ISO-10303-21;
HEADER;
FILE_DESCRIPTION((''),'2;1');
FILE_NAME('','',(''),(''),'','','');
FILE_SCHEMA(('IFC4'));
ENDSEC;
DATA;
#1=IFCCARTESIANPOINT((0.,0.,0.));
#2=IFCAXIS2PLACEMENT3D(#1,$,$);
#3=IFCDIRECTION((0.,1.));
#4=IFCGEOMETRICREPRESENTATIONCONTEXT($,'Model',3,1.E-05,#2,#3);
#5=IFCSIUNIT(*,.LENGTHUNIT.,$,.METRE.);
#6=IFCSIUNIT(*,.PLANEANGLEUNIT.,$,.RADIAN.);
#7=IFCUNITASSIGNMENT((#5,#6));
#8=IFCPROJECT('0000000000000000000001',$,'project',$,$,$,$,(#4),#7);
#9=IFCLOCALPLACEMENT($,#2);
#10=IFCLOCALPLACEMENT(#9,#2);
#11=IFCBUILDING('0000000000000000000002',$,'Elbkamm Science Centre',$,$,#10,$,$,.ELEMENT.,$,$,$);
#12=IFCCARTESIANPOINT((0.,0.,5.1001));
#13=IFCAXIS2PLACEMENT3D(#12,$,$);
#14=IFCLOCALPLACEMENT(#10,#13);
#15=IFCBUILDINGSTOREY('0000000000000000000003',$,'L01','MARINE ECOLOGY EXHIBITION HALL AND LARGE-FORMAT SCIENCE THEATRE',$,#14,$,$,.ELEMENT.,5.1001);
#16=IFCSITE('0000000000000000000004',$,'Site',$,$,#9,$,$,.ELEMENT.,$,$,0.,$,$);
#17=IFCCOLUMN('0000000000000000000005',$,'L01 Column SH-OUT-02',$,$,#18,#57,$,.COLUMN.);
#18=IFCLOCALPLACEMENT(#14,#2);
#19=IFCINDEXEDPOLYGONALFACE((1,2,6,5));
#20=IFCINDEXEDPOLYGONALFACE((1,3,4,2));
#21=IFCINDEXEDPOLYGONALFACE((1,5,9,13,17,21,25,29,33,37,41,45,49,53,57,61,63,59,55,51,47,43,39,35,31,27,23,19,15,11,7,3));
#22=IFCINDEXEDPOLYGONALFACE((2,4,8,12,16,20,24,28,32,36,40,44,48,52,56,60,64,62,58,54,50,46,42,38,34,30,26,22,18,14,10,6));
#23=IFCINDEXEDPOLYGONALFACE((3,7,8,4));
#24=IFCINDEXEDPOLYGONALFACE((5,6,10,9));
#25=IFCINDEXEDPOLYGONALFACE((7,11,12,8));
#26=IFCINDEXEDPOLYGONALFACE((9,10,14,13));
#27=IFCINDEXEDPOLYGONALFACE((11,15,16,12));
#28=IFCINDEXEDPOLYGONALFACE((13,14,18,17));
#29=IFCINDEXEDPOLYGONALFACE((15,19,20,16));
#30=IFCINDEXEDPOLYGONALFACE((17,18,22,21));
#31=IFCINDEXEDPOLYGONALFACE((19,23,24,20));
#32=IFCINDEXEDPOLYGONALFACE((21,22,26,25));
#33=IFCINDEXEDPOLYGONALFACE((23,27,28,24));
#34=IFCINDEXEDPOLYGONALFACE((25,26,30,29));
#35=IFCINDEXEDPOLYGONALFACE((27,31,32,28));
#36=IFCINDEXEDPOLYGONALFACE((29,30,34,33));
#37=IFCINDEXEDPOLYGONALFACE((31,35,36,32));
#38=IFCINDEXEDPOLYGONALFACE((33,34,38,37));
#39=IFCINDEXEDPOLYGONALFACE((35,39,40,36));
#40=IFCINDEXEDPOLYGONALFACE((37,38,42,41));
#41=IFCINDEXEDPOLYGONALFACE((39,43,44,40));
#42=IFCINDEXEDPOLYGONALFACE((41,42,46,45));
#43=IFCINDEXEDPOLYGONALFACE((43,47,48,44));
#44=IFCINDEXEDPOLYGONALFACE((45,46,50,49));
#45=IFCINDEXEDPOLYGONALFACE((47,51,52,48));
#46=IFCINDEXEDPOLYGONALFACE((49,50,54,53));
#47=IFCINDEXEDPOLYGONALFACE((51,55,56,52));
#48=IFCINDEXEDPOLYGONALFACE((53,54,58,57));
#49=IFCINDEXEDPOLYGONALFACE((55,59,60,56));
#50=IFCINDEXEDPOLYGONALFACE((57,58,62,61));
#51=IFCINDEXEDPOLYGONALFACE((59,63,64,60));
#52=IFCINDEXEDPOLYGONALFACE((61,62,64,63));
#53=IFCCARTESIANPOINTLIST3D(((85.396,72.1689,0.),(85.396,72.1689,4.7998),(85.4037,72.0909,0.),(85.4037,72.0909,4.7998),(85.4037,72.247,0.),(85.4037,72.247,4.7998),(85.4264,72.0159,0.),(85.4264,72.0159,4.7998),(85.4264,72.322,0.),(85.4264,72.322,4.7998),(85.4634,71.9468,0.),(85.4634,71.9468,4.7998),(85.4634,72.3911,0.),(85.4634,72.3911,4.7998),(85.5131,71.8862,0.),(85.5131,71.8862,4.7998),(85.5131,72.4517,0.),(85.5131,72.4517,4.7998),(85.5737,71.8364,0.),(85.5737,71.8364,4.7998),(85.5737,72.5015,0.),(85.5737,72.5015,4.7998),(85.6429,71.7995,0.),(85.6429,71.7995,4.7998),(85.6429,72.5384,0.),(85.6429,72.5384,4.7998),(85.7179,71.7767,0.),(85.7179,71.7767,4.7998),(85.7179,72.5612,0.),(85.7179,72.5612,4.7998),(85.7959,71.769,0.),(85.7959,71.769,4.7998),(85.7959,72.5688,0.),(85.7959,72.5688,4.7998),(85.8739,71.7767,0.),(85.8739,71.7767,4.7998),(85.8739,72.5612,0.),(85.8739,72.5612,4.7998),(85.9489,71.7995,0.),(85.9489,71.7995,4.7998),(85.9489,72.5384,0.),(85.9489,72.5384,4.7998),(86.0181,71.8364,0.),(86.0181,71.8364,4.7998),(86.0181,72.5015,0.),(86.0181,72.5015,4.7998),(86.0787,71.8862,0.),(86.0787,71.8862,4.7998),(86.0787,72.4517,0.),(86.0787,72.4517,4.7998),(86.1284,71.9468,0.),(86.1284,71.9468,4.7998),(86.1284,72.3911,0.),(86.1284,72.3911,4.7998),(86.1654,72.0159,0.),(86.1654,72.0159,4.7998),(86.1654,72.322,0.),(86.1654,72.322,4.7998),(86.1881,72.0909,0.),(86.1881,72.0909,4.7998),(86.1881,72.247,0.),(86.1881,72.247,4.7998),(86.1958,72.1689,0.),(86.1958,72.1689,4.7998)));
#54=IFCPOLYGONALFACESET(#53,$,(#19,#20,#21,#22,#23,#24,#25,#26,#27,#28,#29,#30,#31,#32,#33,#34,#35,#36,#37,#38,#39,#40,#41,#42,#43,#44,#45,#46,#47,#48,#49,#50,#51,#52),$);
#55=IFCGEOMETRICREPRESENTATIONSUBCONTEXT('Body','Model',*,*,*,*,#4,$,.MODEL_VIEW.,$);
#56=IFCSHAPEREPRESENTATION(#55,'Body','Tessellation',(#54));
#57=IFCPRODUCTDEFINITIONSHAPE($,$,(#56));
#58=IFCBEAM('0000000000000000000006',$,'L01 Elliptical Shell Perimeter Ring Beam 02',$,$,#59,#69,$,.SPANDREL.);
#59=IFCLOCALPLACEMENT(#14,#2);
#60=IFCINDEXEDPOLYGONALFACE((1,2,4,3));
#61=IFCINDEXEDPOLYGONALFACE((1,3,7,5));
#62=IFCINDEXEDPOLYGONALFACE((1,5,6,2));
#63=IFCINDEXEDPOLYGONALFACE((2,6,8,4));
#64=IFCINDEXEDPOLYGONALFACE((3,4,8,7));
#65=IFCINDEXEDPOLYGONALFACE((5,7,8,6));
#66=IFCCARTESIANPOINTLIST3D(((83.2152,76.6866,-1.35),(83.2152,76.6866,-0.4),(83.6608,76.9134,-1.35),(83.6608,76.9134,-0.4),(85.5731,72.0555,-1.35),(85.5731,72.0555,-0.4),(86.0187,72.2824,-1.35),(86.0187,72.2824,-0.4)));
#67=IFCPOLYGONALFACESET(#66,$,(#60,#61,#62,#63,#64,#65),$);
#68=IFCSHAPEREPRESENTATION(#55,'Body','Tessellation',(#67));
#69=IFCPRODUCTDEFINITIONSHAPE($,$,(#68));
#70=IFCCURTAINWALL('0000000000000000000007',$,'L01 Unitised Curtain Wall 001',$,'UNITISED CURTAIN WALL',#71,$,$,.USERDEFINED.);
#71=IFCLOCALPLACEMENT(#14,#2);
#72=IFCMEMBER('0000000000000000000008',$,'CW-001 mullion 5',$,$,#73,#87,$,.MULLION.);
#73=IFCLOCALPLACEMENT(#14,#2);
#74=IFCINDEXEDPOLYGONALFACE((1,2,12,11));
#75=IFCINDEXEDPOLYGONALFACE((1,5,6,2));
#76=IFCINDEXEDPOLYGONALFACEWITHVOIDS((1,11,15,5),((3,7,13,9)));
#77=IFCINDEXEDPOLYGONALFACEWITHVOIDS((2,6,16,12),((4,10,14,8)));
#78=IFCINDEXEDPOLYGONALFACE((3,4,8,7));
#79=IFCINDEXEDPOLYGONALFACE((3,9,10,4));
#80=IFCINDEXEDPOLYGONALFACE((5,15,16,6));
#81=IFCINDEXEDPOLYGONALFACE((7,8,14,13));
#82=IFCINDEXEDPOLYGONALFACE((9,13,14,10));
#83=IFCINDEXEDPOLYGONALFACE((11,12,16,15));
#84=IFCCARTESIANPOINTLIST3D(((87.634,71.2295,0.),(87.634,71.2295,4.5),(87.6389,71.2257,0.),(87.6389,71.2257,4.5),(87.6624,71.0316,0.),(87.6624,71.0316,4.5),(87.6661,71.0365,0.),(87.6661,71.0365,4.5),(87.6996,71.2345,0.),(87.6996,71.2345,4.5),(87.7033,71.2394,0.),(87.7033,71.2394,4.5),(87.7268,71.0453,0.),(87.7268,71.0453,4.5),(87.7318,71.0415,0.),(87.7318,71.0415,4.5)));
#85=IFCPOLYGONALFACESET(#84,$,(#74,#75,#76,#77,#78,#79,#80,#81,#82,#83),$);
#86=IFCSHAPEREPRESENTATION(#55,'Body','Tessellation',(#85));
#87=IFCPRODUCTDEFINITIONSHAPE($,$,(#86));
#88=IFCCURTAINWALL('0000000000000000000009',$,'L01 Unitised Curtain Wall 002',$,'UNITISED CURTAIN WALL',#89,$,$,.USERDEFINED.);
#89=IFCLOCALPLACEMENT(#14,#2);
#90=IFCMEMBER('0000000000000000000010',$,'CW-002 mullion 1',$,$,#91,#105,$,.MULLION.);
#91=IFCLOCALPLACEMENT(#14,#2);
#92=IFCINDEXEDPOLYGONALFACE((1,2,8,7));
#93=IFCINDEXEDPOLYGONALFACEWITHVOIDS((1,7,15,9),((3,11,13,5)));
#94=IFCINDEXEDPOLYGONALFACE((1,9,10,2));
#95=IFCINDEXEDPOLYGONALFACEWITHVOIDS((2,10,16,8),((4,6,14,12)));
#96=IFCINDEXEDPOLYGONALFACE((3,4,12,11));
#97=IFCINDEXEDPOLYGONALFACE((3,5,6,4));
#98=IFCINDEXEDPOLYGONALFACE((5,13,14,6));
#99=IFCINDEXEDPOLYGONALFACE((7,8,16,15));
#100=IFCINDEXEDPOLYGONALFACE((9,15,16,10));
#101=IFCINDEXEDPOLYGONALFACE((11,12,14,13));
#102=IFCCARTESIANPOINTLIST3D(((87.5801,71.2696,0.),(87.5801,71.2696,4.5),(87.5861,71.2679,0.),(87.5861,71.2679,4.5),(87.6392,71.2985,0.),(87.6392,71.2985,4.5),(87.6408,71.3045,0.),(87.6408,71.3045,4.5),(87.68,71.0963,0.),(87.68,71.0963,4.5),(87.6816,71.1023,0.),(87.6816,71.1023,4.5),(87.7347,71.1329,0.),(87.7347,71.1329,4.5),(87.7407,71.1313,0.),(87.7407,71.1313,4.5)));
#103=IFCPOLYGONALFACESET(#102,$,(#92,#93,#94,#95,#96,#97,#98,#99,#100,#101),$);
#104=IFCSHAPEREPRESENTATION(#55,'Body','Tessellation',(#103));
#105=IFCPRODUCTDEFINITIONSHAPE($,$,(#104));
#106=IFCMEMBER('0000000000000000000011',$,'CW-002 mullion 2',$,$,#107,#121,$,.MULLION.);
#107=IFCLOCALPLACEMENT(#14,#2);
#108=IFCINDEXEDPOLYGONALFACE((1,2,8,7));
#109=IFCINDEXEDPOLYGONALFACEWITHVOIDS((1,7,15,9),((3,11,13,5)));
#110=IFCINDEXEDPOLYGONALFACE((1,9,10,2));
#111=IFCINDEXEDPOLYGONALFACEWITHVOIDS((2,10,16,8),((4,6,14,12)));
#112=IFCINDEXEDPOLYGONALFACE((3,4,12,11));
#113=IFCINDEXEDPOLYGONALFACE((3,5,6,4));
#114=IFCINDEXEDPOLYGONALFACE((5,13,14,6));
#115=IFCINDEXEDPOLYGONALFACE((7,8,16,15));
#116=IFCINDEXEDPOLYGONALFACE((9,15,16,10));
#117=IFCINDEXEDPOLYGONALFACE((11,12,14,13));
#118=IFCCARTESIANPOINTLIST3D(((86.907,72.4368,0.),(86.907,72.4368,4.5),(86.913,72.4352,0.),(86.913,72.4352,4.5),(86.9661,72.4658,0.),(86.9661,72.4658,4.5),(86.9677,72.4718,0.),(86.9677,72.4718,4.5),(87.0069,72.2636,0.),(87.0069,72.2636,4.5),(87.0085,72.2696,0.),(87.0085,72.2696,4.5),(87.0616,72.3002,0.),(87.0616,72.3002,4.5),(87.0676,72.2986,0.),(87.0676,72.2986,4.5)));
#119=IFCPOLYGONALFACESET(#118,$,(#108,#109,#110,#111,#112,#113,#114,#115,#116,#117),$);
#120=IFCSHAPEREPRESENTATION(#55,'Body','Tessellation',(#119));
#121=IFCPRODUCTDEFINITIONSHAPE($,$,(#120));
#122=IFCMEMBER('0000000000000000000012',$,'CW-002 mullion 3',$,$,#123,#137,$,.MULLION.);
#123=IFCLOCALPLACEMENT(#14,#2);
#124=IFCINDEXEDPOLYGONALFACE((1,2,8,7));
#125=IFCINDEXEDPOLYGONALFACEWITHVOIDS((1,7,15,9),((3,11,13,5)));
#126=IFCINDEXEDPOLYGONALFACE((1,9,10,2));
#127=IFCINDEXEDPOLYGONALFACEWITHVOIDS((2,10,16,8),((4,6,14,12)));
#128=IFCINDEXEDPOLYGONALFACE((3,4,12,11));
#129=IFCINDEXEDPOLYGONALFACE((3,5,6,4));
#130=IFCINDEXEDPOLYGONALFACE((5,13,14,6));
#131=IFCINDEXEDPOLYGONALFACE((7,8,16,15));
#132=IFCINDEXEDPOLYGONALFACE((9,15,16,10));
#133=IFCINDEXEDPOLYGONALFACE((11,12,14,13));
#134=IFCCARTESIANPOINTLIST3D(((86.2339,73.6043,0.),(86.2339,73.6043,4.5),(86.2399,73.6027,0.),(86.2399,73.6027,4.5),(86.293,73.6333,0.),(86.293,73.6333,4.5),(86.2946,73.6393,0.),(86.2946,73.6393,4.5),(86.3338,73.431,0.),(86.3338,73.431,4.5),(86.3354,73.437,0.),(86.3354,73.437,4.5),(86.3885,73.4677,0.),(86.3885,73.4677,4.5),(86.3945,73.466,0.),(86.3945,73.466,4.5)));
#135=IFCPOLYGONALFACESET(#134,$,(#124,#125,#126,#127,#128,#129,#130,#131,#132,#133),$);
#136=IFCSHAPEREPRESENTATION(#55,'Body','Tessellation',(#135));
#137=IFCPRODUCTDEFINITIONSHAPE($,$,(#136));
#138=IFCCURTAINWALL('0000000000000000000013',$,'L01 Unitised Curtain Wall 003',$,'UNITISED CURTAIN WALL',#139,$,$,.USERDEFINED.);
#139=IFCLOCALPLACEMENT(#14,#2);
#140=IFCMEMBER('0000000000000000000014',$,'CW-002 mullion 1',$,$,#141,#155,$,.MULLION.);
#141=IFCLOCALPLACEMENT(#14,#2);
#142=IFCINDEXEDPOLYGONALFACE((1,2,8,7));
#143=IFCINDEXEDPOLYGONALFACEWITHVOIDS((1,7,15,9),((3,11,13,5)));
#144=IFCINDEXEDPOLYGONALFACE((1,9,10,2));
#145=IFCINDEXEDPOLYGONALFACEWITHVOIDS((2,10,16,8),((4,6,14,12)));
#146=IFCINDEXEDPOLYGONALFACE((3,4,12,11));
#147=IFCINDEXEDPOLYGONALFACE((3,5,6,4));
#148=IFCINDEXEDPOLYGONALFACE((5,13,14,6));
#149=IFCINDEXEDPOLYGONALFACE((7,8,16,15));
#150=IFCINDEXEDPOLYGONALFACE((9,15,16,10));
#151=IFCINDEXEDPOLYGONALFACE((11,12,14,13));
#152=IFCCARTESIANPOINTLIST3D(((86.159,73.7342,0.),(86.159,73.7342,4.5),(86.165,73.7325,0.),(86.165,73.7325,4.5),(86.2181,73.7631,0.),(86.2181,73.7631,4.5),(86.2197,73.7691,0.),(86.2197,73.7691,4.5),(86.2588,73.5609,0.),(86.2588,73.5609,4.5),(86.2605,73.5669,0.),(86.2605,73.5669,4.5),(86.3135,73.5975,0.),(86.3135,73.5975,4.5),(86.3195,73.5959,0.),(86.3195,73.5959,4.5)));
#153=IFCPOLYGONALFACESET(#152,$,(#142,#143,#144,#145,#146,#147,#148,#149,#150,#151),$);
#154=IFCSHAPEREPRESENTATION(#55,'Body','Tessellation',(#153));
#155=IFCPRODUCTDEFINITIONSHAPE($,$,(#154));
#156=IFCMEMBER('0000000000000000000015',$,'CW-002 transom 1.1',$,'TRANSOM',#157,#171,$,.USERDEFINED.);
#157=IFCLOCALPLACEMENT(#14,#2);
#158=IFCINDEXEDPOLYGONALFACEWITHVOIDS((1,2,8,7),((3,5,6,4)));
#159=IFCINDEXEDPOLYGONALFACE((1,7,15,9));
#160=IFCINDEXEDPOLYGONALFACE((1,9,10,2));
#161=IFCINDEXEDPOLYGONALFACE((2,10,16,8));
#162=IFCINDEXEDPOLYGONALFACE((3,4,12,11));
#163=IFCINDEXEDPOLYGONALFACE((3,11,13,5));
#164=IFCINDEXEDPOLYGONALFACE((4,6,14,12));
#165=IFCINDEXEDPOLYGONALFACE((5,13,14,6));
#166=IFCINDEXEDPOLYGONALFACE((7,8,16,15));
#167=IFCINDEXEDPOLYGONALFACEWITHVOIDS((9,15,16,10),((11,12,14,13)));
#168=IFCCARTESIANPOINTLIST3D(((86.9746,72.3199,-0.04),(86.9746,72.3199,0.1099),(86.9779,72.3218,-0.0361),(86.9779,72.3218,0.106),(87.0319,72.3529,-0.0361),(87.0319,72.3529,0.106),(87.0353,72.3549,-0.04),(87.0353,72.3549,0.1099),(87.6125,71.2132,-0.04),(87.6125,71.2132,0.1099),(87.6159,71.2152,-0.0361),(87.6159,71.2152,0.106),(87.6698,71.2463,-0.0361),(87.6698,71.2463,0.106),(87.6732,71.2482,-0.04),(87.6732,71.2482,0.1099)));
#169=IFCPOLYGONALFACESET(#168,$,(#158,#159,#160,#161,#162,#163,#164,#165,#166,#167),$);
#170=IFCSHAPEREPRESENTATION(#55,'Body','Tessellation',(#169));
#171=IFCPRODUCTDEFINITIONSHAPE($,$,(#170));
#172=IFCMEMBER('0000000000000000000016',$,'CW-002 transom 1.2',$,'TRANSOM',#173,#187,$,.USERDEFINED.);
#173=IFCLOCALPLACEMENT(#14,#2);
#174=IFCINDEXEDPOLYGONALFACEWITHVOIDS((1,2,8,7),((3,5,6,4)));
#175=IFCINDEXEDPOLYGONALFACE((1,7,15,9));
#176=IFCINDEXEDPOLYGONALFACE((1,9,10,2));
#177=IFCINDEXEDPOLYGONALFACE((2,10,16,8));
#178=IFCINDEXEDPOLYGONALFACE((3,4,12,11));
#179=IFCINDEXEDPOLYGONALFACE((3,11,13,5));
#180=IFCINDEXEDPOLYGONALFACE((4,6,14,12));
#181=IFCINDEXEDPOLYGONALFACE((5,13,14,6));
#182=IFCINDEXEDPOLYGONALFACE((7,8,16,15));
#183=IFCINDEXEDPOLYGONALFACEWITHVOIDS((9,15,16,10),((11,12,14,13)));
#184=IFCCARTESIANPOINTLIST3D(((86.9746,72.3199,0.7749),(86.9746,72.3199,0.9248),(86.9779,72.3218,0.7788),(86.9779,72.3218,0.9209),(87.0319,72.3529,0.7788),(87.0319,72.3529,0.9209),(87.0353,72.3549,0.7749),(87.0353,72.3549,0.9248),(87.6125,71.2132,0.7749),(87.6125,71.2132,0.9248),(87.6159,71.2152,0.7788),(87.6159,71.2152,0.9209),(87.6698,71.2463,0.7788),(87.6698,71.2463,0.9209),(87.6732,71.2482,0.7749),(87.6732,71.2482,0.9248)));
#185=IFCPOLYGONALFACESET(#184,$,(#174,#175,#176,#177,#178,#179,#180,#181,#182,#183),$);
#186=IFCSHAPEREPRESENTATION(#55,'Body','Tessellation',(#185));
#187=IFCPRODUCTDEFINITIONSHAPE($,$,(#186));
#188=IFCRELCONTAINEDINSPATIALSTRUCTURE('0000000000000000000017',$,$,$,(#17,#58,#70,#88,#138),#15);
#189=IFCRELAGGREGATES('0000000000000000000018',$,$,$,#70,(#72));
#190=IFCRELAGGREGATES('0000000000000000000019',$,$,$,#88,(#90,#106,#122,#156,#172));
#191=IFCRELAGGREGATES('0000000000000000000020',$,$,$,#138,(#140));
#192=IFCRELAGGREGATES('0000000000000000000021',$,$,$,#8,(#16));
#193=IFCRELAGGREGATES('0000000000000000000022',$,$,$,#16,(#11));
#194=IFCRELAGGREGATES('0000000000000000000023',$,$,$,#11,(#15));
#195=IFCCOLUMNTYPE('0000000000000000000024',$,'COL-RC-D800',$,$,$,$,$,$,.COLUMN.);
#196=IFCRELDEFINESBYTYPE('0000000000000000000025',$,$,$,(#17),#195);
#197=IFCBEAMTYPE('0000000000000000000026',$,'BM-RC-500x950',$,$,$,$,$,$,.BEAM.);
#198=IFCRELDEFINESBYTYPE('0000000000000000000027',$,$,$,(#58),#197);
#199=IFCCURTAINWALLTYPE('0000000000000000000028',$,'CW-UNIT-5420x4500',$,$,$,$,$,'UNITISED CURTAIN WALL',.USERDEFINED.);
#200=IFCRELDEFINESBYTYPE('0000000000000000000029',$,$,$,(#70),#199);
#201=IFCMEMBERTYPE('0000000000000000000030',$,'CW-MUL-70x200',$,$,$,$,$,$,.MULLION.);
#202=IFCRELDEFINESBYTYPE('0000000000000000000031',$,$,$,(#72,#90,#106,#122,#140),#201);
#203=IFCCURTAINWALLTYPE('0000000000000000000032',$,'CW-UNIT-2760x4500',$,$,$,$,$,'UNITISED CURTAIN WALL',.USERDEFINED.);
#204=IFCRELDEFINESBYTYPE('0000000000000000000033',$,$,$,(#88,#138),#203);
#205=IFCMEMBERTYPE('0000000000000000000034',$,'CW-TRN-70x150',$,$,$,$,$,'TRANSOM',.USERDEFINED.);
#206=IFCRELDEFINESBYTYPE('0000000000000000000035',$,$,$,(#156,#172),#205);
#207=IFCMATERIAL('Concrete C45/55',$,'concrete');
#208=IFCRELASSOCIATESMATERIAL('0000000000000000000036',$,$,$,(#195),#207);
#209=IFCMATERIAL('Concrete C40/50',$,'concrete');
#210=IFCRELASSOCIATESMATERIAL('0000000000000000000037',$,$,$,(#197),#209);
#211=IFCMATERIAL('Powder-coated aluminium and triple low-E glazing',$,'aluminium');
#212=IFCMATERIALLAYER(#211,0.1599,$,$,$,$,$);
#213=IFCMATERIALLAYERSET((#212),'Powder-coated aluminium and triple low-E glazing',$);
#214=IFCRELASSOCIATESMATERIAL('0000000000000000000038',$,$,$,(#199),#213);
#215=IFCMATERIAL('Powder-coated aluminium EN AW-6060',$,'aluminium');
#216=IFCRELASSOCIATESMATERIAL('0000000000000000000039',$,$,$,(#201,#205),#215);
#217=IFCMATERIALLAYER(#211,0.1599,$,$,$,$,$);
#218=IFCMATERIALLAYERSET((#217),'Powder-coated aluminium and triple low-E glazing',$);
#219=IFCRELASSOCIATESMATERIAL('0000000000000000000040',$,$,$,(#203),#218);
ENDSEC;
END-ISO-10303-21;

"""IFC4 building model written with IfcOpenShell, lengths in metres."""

from ifc_helpers import new_model, si_unit, direction, frame, origin, origin_2d, place, context, subcontext, project, spatial, rectangle, hollow_rectangle, circle, extrude, material, layer, layer_set, material_profile, profile_set, type_object, element, aggregate, save


model = new_model("IFC4")

# Units and contexts
model_context = context("Model", 3, precision=1e-05, world=origin(), true_north=direction((0.0, 1.0)))
body_context = subcontext(model_context, "Body", "Model", "MODEL_VIEW")
ifc_project = project(units=[si_unit("LENGTHUNIT", "METRE"), si_unit("PLANEANGLEUNIT", "RADIAN")], contexts=[model_context])

# Site, building, storey
site_placement = place(None, origin())
site = spatial("IfcSite", under=ifc_project, at=site_placement, Name="Site", CompositionType="ELEMENT", RefElevation=0.0)
building_placement = place(site_placement, origin())
building = spatial("IfcBuilding", under=site, at=building_placement, Name="Elbkamm Science Centre", CompositionType="ELEMENT")
storey_placement = place(building_placement, frame((0.0, 0.0, 5.1001)))
storey = spatial("IfcBuildingStorey", under=building, at=storey_placement, Name="L01", Description="MARINE ECOLOGY EXHIBITION HALL AND LARGE-FORMAT SCIENCE THEATRE", CompositionType="ELEMENT", Elevation=5.1001)

# Column
ifc_material_1 = material(Name="Concrete C45/55", Category="concrete")
ifc_material_profile_1 = material_profile(ifc_material_1, circle(Radius=0.3999, at=origin_2d()), Name="RC D800")
ifc_profile_set_1 = profile_set([ifc_material_profile_1], Name="Concrete C45/55")
column_type = type_object("IfcColumnType", Name="COL-RC-D800", PredefinedType="COLUMN", material=ifc_profile_set_1)
column_placement = place(storey_placement, frame((85.7959, 72.1689, 0.0), z_axis=(0.0, 0.0, 1.0), x_axis=(1.0, 0.0, 0.0)))
element("IfcColumn", 1, at=column_placement, inside=storey, type_object=column_type, Name="L01 Column SH-OUT-02", PredefinedType="COLUMN", context=body_context, shape_type="SweptSolid", body=[
    extrude(circle(Radius=0.3999, at=origin_2d()), origin(), (0.0, 0.0, 1.0), 4.7998),
])

# Beam
ifc_material_2 = material(Name="Concrete C40/50", Category="concrete")
ifc_material_profile_2 = material_profile(ifc_material_2, rectangle(XDim=0.5, YDim=0.95, at=origin_2d()), Name="RC 500x950")
ifc_profile_set_2 = profile_set([ifc_material_profile_2], Name="Concrete C40/50")
beam_type = type_object("IfcBeamType", Name="BM-RC-500x950", PredefinedType="BEAM", material=ifc_profile_set_2)
beam_placement = place(storey_placement, frame((85.7959, 72.1689, -0.875), z_axis=(-0.453722, 0.891143, 0.0), x_axis=(-0.891143, -0.453722, 0.0)))
element("IfcBeam", 2, at=beam_placement, inside=storey, type_object=beam_type, Name="L01 Elliptical Shell Perimeter Ring Beam 02", PredefinedType="SPANDREL", context=body_context, shape_type="SweptSolid", body=[
    extrude(rectangle(XDim=0.5, YDim=0.95, at=origin_2d()), origin(), (0.0, 0.0, 1.0), 5.1968),
])

# Curtain wall, member
ifc_material_3 = material(Name="Powder-coated aluminium and triple low-E glazing", Category="aluminium")
ifc_layer_1 = layer(ifc_material_3, 0.1599)
ifc_layer_set_1 = layer_set([ifc_layer_1], Name="Powder-coated aluminium and triple low-E glazing")
curtain_wall_type_1 = type_object("IfcCurtainWallType", Name="CW-UNIT-5420x4500", ElementType="UNITISED CURTAIN WALL", PredefinedType="USERDEFINED", material=ifc_layer_set_1)
curtain_wall_1_placement = place(storey_placement, origin())
curtain_wall_1 = element("IfcCurtainWall", 3, at=curtain_wall_1_placement, inside=storey, type_object=curtain_wall_type_1, Name="L01 Unitised Curtain Wall 001", ObjectType="UNITISED CURTAIN WALL", PredefinedType="USERDEFINED")
ifc_material_4 = material(Name="Powder-coated aluminium EN AW-6060", Category="aluminium")
ifc_material_profile_3 = material_profile(ifc_material_4, hollow_rectangle(XDim=0.0701, YDim=0.2, WallThickness=0.0044, at=origin_2d()), Name="ALU M70x200")
ifc_profile_set_3 = profile_set([ifc_material_profile_3], Name="Powder-coated aluminium EN AW-6060")
member_type_1 = type_object("IfcMemberType", Name="CW-MUL-70x200", PredefinedType="MULLION", material=ifc_profile_set_3)
member_1_placement = place(storey_placement, frame((87.6829, 71.1355, 0.0), z_axis=(0.0, 0.0, 1.0), x_axis=(-0.989819, -0.142332, 0.0)))
member_1 = element("IfcMember", 4, at=member_1_placement, type_object=member_type_1, Name="CW-001 mullion 5", PredefinedType="MULLION", context=body_context, shape_type="SweptSolid", body=[
    extrude(hollow_rectangle(XDim=0.0701, YDim=0.2, WallThickness=0.0044, at=origin_2d()), origin(), (0.0, 0.0, 1.0), 4.5),
])

# Curtain wall, members
ifc_layer_2 = layer(ifc_material_3, 0.1599)
ifc_layer_set_2 = layer_set([ifc_layer_2], Name="Powder-coated aluminium and triple low-E glazing")
curtain_wall_type_2 = type_object("IfcCurtainWallType", Name="CW-UNIT-2760x4500", ElementType="UNITISED CURTAIN WALL", PredefinedType="USERDEFINED", material=ifc_layer_set_2)
curtain_wall_2_placement = place(storey_placement, origin())
curtain_wall_2 = element("IfcCurtainWall", 5, at=curtain_wall_2_placement, inside=storey, type_object=curtain_wall_type_2, Name="L01 Unitised Curtain Wall 002", ObjectType="UNITISED CURTAIN WALL", PredefinedType="USERDEFINED")
member_2_placement = place(storey_placement, frame((87.6604, 71.2004, 0.0), z_axis=(0.0, 0.0, 1.0), x_axis=(-0.866327, -0.499477, 0.0)))
member_2 = element("IfcMember", 6, at=member_2_placement, type_object=member_type_1, Name="CW-002 mullion 1", PredefinedType="MULLION", context=body_context, shape_type="SweptSolid", body=[
    extrude(hollow_rectangle(XDim=0.0701, YDim=0.2, WallThickness=0.0044, at=origin_2d()), origin(), (0.0, 0.0, 1.0), 4.5),
])
member_3_placement = place(storey_placement, frame((86.9873, 72.3677, 0.0), z_axis=(0.0, 0.0, 1.0), x_axis=(-0.866327, -0.499477, 0.0)))
member_3 = element("IfcMember", 7, at=member_3_placement, type_object=member_type_1, Name="CW-002 mullion 2", PredefinedType="MULLION", context=body_context, shape_type="SweptSolid", body=[
    extrude(hollow_rectangle(XDim=0.0701, YDim=0.2, WallThickness=0.0044, at=origin_2d()), origin(), (0.0, 0.0, 1.0), 4.5),
])
member_4_placement = place(storey_placement, frame((86.3142, 73.5352, 0.0), z_axis=(0.0, 0.0, 1.0), x_axis=(-0.866327, -0.499477, 0.0)))
member_4 = element("IfcMember", 8, at=member_4_placement, type_object=member_type_1, Name="CW-002 mullion 3", PredefinedType="MULLION", context=body_context, shape_type="SweptSolid", body=[
    extrude(hollow_rectangle(XDim=0.0701, YDim=0.2, WallThickness=0.0044, at=origin_2d()), origin(), (0.0, 0.0, 1.0), 4.5),
])

# Curtain wall, member
curtain_wall_3_placement = place(storey_placement, origin())
curtain_wall_3 = element("IfcCurtainWall", 9, at=curtain_wall_3_placement, inside=storey, type_object=curtain_wall_type_2, Name="L01 Unitised Curtain Wall 003", ObjectType="UNITISED CURTAIN WALL", PredefinedType="USERDEFINED")
member_5_placement = place(storey_placement, frame((86.2393, 73.665, 0.0), z_axis=(0.0, 0.0, 1.0), x_axis=(-0.866327, -0.499477, 0.0)))
member_5 = element("IfcMember", 10, at=member_5_placement, type_object=member_type_1, Name="CW-002 mullion 1", PredefinedType="MULLION", context=body_context, shape_type="SweptSolid", body=[
    extrude(hollow_rectangle(XDim=0.0701, YDim=0.2, WallThickness=0.0044, at=origin_2d()), origin(), (0.0, 0.0, 1.0), 4.5),
])

# Members
ifc_material_profile_4 = material_profile(ifc_material_4, hollow_rectangle(XDim=0.0701, YDim=0.1499, WallThickness=0.0039, at=origin_2d()), Name="ALU T70x150")
ifc_profile_set_4 = profile_set([ifc_material_profile_4], Name="Powder-coated aluminium EN AW-6060")
member_type_2 = type_object("IfcMemberType", Name="CW-TRN-70x150", ElementType="TRANSOM", PredefinedType="USERDEFINED", material=ifc_profile_set_4)
member_6_placement = place(storey_placement, frame((87.6428, 71.2307, 0.0349), z_axis=(-0.499408, 0.866367, 0.0), x_axis=(-0.866367, -0.499408, 0.0)))
member_6 = element("IfcMember", 11, at=member_6_placement, type_object=member_type_2, Name="CW-002 transom 1.1", ObjectType="TRANSOM", PredefinedType="USERDEFINED", context=body_context, shape_type="SweptSolid", body=[
    extrude(hollow_rectangle(XDim=0.0701, YDim=0.1499, WallThickness=0.0039, at=origin_2d()), origin(), (0.0, 0.0, 1.0), 1.2773),
])
member_7_placement = place(storey_placement, frame((87.6428, 71.2307, 0.8499), z_axis=(-0.499408, 0.866367, 0.0), x_axis=(-0.866367, -0.499408, 0.0)))
member_7 = element("IfcMember", 12, at=member_7_placement, type_object=member_type_2, Name="CW-002 transom 1.2", ObjectType="TRANSOM", PredefinedType="USERDEFINED", context=body_context, shape_type="SweptSolid", body=[
    extrude(hollow_rectangle(XDim=0.0701, YDim=0.1499, WallThickness=0.0039, at=origin_2d()), origin(), (0.0, 0.0, 1.0), 1.2773),
])

aggregate(curtain_wall_1, [member_1])
aggregate(curtain_wall_2, [member_2, member_3, member_4, member_6, member_7])
aggregate(curtain_wall_3, [member_5])

save(model, "model.ifc")
